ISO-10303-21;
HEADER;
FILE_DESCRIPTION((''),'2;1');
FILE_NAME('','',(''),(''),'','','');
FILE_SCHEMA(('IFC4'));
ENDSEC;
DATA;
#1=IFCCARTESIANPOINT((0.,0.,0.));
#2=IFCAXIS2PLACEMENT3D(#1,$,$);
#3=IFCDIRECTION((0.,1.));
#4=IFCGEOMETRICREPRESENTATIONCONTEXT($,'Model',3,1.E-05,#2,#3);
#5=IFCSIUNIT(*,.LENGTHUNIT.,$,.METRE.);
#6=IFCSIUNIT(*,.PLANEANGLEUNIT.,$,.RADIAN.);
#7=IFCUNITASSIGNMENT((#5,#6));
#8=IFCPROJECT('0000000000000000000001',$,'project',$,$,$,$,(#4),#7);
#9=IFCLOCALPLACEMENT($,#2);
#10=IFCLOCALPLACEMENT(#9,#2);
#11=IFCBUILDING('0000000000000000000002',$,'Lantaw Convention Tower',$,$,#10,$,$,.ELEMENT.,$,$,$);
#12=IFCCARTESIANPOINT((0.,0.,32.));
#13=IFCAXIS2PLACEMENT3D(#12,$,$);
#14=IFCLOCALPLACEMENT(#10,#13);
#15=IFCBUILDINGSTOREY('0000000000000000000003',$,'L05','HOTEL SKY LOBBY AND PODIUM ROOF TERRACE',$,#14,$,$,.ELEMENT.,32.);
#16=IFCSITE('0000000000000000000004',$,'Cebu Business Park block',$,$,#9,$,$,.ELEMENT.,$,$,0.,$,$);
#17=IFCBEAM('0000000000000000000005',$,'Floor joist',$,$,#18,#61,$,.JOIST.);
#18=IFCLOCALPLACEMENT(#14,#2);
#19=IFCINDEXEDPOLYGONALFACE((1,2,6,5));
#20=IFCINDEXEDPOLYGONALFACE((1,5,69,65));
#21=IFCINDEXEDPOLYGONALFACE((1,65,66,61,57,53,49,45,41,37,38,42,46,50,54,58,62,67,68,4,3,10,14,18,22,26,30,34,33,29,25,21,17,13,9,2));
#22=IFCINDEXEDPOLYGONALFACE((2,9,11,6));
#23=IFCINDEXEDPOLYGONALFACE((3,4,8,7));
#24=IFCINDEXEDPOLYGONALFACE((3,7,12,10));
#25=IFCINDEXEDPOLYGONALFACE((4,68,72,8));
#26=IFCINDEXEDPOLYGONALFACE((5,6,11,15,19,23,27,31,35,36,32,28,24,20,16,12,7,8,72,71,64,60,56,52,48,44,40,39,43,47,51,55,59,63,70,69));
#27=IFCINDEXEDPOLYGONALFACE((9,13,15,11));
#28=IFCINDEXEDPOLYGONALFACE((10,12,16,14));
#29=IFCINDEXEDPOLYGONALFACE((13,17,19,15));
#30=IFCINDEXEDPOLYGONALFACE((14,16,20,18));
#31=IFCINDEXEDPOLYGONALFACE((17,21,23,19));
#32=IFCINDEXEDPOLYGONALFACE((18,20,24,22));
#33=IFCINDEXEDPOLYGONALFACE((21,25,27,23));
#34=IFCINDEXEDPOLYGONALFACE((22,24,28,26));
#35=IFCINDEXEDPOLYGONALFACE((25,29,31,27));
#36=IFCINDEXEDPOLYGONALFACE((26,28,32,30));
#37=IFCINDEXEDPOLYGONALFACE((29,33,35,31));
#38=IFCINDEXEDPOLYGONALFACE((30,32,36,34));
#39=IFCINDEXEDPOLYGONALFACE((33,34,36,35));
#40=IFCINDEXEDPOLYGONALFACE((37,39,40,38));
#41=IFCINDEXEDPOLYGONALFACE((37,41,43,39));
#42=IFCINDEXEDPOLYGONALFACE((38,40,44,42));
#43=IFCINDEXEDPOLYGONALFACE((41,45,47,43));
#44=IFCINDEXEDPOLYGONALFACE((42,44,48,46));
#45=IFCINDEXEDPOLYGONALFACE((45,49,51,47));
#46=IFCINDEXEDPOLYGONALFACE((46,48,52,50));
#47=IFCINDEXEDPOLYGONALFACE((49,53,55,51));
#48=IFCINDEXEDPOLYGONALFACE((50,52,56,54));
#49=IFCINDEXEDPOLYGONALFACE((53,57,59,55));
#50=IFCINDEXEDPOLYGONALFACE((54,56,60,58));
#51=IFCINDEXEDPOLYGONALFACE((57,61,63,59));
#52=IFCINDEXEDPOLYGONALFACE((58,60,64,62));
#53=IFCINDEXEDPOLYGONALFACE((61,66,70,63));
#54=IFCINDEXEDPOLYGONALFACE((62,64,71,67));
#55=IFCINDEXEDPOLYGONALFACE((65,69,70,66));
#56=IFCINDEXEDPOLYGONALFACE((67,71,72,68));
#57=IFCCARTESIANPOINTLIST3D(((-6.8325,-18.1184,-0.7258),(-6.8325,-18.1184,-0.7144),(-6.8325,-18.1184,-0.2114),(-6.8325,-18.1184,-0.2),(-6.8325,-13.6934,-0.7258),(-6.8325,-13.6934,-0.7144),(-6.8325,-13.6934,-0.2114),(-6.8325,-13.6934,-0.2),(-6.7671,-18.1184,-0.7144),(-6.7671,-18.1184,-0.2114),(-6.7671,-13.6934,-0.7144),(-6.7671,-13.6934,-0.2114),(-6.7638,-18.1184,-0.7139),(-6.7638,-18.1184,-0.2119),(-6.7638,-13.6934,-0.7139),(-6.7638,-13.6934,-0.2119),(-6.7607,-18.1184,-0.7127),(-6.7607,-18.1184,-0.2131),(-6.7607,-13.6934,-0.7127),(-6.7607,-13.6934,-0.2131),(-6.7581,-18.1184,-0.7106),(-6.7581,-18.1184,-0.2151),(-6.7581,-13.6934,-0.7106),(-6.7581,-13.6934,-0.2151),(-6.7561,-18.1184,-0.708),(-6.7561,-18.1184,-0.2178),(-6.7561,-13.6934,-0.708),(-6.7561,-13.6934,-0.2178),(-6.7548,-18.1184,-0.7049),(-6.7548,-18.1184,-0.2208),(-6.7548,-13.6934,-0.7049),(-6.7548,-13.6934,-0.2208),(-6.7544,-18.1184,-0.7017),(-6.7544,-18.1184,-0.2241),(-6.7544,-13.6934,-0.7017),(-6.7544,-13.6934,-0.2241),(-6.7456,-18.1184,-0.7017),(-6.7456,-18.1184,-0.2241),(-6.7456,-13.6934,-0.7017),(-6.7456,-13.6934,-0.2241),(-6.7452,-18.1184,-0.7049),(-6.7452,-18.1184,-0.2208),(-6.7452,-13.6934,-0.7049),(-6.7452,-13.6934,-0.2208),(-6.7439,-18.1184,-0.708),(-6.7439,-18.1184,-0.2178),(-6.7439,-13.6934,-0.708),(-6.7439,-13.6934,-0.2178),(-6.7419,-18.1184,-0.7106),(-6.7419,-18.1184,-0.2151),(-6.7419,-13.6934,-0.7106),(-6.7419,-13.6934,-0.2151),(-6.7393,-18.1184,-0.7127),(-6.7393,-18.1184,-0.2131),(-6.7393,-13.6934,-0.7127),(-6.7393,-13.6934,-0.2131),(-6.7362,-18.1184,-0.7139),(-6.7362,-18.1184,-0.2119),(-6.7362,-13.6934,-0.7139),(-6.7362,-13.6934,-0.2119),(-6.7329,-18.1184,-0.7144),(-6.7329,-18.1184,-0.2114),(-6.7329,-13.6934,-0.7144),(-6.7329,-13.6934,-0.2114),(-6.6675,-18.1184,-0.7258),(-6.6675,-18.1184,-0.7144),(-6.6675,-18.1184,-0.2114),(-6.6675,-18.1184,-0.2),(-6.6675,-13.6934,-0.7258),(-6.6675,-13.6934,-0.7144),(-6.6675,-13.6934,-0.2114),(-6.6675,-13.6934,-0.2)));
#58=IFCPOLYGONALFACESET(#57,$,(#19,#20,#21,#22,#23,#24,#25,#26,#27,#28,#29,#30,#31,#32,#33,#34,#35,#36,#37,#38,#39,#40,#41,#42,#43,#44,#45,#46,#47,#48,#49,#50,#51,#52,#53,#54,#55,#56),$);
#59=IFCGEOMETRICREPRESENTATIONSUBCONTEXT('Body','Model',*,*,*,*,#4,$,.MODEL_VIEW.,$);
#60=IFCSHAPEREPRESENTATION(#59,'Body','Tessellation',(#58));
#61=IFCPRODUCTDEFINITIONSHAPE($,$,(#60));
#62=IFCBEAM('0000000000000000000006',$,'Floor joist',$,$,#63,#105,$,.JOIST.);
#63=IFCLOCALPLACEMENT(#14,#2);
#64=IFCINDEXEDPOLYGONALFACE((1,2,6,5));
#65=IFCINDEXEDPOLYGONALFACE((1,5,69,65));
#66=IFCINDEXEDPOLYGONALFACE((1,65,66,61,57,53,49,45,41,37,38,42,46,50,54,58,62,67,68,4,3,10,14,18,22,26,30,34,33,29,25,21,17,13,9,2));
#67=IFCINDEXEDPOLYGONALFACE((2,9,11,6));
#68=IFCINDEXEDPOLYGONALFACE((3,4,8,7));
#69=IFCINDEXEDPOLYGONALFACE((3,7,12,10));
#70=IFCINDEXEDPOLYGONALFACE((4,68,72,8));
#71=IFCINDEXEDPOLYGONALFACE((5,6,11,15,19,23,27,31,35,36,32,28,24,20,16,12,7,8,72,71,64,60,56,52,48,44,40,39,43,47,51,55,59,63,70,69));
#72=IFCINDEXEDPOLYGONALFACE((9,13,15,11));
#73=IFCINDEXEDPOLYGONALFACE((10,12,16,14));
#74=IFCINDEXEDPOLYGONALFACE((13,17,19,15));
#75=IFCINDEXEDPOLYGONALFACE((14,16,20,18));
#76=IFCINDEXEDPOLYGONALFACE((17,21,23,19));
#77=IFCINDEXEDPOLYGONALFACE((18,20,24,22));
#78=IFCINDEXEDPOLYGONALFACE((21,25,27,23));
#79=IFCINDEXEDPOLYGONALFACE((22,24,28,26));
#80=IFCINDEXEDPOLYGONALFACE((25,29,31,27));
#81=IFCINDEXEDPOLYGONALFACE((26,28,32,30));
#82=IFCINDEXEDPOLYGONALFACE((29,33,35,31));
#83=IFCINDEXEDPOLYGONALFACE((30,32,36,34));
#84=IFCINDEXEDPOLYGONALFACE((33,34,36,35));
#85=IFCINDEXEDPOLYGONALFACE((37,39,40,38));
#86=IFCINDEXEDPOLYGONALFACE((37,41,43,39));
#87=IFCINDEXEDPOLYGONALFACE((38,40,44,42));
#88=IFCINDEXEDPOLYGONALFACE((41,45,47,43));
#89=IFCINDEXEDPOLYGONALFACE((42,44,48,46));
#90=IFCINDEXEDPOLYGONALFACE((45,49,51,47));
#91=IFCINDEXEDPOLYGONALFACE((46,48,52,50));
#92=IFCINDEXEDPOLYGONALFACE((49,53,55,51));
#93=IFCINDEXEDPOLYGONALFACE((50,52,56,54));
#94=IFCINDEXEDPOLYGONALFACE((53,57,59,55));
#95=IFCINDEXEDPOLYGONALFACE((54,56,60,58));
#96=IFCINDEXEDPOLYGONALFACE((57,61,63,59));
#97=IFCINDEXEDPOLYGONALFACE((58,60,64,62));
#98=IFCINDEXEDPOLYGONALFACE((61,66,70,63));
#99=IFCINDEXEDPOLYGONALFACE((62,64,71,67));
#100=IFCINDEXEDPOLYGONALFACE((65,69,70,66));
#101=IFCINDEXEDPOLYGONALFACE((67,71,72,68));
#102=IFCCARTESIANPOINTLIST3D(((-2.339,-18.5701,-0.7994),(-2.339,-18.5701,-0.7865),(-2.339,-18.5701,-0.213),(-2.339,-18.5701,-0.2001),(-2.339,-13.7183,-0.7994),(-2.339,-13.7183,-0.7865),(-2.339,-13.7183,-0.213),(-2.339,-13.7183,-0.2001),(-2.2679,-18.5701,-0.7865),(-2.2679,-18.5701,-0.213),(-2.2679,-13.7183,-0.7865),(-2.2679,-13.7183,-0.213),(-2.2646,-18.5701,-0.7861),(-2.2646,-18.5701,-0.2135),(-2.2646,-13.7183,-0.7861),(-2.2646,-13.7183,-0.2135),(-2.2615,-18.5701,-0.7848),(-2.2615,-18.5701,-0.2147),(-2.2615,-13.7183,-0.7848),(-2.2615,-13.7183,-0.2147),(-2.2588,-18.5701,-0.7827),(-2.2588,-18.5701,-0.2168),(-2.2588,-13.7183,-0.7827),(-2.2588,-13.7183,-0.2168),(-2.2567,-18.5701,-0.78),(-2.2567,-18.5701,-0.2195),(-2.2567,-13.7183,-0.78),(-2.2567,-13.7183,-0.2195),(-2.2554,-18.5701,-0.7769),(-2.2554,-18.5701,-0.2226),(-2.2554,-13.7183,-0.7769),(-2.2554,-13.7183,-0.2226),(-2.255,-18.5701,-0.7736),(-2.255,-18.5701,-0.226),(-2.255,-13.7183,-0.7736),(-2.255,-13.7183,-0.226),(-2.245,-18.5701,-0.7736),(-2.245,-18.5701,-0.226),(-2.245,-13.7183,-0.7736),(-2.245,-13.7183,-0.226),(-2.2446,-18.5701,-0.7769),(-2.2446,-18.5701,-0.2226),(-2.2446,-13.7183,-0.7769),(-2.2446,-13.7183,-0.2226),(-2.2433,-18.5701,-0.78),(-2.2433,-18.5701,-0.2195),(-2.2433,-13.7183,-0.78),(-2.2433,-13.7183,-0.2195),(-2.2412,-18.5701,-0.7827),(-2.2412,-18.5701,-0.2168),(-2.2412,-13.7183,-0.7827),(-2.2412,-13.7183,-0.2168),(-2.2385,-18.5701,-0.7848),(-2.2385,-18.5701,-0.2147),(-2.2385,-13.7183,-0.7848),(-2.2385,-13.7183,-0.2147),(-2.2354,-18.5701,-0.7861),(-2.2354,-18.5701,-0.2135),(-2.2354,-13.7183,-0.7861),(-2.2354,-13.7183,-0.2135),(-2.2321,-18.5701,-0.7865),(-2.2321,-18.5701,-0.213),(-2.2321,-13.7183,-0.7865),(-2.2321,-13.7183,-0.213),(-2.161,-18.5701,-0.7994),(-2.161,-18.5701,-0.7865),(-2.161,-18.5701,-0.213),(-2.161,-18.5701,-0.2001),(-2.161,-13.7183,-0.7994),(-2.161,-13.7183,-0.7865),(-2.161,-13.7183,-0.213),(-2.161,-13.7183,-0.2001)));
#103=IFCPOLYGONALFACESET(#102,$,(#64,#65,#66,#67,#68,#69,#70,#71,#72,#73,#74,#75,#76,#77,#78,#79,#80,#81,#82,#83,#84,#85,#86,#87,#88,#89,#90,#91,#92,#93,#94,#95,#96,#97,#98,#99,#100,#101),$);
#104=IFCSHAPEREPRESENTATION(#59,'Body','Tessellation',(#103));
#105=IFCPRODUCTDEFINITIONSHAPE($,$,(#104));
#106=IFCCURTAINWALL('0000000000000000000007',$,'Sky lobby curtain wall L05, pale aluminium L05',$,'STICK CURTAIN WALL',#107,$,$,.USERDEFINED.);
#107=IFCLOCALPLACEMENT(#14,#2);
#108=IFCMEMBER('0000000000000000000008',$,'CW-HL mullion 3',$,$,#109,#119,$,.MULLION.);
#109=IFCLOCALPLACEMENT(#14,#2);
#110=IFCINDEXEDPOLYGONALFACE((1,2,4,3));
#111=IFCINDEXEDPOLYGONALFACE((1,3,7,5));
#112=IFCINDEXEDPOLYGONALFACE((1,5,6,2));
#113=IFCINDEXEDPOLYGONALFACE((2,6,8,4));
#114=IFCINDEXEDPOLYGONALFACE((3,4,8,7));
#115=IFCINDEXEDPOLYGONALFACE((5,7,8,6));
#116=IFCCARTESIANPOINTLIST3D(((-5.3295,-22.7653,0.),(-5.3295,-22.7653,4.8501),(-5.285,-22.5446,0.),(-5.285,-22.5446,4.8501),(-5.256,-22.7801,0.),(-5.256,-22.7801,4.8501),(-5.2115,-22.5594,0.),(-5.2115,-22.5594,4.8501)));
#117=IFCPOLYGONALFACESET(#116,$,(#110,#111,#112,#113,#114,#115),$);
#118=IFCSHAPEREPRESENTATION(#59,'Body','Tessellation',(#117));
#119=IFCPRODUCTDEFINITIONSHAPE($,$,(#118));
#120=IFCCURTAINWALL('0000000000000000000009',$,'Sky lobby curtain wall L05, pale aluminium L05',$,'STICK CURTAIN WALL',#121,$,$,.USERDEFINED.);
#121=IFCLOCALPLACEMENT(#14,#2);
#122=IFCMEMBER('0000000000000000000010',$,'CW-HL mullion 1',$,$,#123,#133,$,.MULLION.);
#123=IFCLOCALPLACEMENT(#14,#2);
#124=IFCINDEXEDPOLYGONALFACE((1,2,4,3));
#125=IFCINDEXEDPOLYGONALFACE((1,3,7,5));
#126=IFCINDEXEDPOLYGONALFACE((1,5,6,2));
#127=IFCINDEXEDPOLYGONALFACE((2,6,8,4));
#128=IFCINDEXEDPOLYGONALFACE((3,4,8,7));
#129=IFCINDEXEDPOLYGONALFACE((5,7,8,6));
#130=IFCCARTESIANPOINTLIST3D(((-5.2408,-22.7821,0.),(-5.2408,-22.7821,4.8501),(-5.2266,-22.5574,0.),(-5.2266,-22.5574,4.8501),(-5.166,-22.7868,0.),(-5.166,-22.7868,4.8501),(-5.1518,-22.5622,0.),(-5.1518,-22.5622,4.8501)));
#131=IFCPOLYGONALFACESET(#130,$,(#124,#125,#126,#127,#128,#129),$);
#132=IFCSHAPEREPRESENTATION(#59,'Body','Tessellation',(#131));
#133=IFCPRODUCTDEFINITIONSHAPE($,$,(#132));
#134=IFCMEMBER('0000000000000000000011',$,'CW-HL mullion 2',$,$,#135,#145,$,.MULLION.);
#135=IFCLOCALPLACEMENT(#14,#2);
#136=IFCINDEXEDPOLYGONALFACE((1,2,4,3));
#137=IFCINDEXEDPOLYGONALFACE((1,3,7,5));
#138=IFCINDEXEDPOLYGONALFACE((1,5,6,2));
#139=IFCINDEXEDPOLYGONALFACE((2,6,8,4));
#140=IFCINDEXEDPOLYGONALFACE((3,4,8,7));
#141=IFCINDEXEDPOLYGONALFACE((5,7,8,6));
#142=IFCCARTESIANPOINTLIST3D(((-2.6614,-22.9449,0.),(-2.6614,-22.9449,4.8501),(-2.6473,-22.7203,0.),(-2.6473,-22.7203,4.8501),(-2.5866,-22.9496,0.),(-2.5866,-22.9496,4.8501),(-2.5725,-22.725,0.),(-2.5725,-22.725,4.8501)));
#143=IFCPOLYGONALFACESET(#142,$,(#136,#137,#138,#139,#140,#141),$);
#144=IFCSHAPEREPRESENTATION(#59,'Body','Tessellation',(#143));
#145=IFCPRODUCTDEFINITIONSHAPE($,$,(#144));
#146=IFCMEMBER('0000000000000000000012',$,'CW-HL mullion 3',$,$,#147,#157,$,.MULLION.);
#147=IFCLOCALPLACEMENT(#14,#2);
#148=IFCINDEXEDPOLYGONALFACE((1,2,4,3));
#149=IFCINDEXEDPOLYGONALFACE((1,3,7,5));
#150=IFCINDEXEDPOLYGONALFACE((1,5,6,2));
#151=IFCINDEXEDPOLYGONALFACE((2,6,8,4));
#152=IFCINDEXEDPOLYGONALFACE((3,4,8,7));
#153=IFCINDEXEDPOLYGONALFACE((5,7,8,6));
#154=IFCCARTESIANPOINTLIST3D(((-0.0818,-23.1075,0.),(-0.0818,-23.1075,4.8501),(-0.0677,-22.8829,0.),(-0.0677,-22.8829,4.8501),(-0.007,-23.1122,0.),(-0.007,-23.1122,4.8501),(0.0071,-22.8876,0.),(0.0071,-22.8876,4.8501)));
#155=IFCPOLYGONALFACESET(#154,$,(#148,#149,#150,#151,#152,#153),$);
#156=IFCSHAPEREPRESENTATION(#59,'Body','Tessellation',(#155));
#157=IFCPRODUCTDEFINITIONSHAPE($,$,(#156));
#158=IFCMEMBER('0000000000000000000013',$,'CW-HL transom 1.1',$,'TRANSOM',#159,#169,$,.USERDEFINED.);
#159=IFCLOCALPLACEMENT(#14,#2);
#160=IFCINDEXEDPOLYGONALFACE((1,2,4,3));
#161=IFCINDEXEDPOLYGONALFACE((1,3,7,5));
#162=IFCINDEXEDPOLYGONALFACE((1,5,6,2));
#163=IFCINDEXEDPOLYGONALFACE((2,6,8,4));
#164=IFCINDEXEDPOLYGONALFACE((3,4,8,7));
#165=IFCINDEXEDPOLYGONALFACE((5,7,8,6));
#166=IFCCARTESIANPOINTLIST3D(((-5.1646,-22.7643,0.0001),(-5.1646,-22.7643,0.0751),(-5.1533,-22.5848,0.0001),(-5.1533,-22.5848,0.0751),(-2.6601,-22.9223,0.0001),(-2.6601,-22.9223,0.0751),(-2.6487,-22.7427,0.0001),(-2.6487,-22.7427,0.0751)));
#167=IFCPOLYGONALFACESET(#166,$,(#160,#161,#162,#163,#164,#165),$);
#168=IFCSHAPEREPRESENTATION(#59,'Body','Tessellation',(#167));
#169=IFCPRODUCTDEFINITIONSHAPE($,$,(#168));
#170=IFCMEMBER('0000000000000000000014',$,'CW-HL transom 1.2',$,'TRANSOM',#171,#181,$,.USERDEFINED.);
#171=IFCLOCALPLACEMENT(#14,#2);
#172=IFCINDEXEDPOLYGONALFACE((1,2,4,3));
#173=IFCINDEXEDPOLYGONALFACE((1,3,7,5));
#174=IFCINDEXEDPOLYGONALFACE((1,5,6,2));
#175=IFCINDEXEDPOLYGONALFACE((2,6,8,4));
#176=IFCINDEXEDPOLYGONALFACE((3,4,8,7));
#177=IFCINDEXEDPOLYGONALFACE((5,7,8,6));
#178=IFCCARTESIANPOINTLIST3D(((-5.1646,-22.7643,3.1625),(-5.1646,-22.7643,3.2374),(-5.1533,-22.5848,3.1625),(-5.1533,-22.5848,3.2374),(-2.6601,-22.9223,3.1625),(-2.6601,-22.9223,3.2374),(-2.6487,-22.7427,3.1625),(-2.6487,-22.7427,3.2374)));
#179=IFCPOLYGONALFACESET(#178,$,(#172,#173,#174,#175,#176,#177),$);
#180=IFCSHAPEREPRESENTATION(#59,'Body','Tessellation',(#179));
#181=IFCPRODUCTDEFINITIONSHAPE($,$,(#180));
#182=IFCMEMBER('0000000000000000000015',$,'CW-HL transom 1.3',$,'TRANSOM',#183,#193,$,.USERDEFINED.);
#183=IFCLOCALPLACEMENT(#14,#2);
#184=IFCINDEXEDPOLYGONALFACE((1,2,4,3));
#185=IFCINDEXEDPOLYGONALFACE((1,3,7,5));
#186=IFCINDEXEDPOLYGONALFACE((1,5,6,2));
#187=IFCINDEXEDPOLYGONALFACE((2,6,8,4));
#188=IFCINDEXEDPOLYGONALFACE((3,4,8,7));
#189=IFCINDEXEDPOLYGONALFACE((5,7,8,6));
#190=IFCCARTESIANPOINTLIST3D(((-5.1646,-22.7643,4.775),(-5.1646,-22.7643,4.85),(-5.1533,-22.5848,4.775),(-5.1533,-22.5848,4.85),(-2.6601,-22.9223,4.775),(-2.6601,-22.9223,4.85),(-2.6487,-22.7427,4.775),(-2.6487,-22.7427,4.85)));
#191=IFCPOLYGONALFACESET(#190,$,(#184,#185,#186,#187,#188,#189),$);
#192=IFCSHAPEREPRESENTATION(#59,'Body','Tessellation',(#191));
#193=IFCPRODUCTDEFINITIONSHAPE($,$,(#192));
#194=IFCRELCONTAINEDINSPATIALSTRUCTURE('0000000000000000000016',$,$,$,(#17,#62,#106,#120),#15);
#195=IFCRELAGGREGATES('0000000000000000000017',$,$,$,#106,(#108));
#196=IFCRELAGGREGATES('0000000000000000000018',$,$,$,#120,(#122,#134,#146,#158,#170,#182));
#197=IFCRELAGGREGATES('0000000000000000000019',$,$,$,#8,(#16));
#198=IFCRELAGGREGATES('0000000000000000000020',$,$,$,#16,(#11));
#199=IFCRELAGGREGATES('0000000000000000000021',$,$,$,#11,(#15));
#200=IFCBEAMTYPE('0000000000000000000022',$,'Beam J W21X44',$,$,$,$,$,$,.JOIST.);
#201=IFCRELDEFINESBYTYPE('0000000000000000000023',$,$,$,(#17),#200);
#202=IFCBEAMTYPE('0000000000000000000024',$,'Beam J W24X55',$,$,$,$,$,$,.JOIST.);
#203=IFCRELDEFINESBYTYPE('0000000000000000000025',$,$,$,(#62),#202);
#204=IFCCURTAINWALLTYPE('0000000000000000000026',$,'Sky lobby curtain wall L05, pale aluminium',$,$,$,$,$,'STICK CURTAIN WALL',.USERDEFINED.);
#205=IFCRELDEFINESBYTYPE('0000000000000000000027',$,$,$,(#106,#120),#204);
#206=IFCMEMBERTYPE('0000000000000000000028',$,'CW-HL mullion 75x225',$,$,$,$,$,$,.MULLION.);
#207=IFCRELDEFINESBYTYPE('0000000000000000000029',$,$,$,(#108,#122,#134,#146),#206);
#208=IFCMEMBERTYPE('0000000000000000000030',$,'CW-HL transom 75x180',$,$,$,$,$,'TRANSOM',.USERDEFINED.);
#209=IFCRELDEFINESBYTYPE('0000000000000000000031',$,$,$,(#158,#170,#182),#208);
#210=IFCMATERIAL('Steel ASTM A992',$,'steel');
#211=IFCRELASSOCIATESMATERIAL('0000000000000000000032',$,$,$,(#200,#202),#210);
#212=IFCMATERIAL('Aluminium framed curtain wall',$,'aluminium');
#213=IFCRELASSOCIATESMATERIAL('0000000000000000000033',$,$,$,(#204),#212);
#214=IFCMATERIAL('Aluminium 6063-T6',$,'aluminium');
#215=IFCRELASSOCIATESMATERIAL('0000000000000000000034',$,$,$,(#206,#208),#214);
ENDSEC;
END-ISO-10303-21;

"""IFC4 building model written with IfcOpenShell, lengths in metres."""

from ifc_helpers import new_model, si_unit, direction, frame, origin, origin_2d, place, context, subcontext, project, spatial, rectangle, i_section, extrude, material, material_profile, profile_set, type_object, element, aggregate, save


model = new_model("IFC4")

# Units and contexts
model_context = context("Model", 3, precision=1e-05, world=origin(), true_north=direction((0.0, 1.0)))
body_context = subcontext(model_context, "Body", "Model", "MODEL_VIEW")
ifc_project = project(units=[si_unit("LENGTHUNIT", "METRE"), si_unit("PLANEANGLEUNIT", "RADIAN")], contexts=[model_context])

# Site, building, storey
site_placement = place(None, origin())
site = spatial("IfcSite", under=ifc_project, at=site_placement, Name="Cebu Business Park block", CompositionType="ELEMENT", RefElevation=0.0)
building_placement = place(site_placement, origin())
building = spatial("IfcBuilding", under=site, at=building_placement, Name="Lantaw Convention Tower", CompositionType="ELEMENT")
storey_placement = place(building_placement, frame((0.0, 0.0, 32.0)))
storey = spatial("IfcBuildingStorey", under=building, at=storey_placement, Name="L05", Description="HOTEL SKY LOBBY AND PODIUM ROOF TERRACE", CompositionType="ELEMENT", Elevation=32.0)

# Beams
ifc_material_1 = material(Name="Steel ASTM A992", Category="steel")
ifc_material_profile_1 = material_profile(ifc_material_1, i_section(OverallWidth=0.165, OverallDepth=0.5259, WebThickness=0.0088, FlangeThickness=0.0115, FilletRadius=0.0127, at=origin_2d()), Name="W21X44")
ifc_profile_set_1 = profile_set([ifc_material_profile_1], Name="Steel ASTM A992")
beam_type_1 = type_object("IfcBeamType", Name="Beam J W21X44", PredefinedType="JOIST", material=ifc_profile_set_1)
beam_1_placement = place(storey_placement, frame((-6.75, -18.1184, -0.4629), z_axis=(0.0, 1.0, 0.0), x_axis=(-1.0, 0.0, 0.0)))
element("IfcBeam", 1, at=beam_1_placement, inside=storey, type_object=beam_type_1, Name="Floor joist", PredefinedType="JOIST", context=body_context, shape_type="SweptSolid", body=[
    extrude(i_section(OverallWidth=0.165, OverallDepth=0.5259, WebThickness=0.0088, FlangeThickness=0.0115, FilletRadius=0.0127, at=origin_2d()), origin(), (0.0, 0.0, 1.0), 4.425),
])
ifc_material_profile_2 = material_profile(ifc_material_1, i_section(OverallWidth=0.178, OverallDepth=0.5994, WebThickness=0.01, FlangeThickness=0.0129, FilletRadius=0.0129, at=origin_2d()), Name="W24X55")
ifc_profile_set_2 = profile_set([ifc_material_profile_2], Name="Steel ASTM A992")
beam_type_2 = type_object("IfcBeamType", Name="Beam J W24X55", PredefinedType="JOIST", material=ifc_profile_set_2)
beam_2_placement = place(storey_placement, frame((-2.25, -18.5701, -0.4998), z_axis=(0.0, 1.0, 0.0), x_axis=(-1.0, 0.0, 0.0)))
element("IfcBeam", 2, at=beam_2_placement, inside=storey, type_object=beam_type_2, Name="Floor joist", PredefinedType="JOIST", context=body_context, shape_type="SweptSolid", body=[
    extrude(i_section(OverallWidth=0.178, OverallDepth=0.5994, WebThickness=0.01, FlangeThickness=0.0129, FilletRadius=0.0129, at=origin_2d()), origin(), (0.0, 0.0, 1.0), 4.8518),
])

# Curtain wall, member
ifc_material_2 = material(Name="Aluminium framed curtain wall", Category="aluminium")
curtain_wall_type = type_object("IfcCurtainWallType", Name="Sky lobby curtain wall L05, pale aluminium", ElementType="STICK CURTAIN WALL", PredefinedType="USERDEFINED", material=ifc_material_2)
curtain_wall_1_placement = place(storey_placement, origin())
curtain_wall_1 = element("IfcCurtainWall", 3, at=curtain_wall_1_placement, inside=storey, type_object=curtain_wall_type, Name="Sky lobby curtain wall L05, pale aluminium L05", ObjectType="STICK CURTAIN WALL", PredefinedType="USERDEFINED")
ifc_material_3 = material(Name="Aluminium 6063-T6", Category="aluminium")
ifc_material_profile_3 = material_profile(ifc_material_3, rectangle(XDim=0.2251, YDim=0.075, at=origin_2d()), Name="CW-HL mullion 75x225")
ifc_profile_set_3 = profile_set([ifc_material_profile_3], Name="Aluminium 6063-T6")
member_type_1 = type_object("IfcMemberType", Name="CW-HL mullion 75x225", PredefinedType="MULLION", material=ifc_profile_set_3)
member_1_placement = place(storey_placement, frame((-5.2705, -22.6624, 0.0), z_axis=(0.0, 0.0, 1.0), x_axis=(0.197789, 0.980245, 0.0)))
member_1 = element("IfcMember", 4, at=member_1_placement, type_object=member_type_1, Name="CW-HL mullion 3", PredefinedType="MULLION", context=body_context, shape_type="SweptSolid", body=[
    extrude(rectangle(XDim=0.2251, YDim=0.075, at=origin_2d()), origin(), (0.0, 0.0, 1.0), 4.8501),
])

# Curtain wall, members
curtain_wall_2_placement = place(storey_placement, origin())
curtain_wall_2 = element("IfcCurtainWall", 5, at=curtain_wall_2_placement, inside=storey, type_object=curtain_wall_type, Name="Sky lobby curtain wall L05, pale aluminium L05", ObjectType="STICK CURTAIN WALL", PredefinedType="USERDEFINED")
member_2_placement = place(storey_placement, frame((-5.1963, -22.6721, 0.0), z_axis=(0.0, 0.0, 1.0), x_axis=(0.062958, 0.998016, 0.0)))
member_2 = element("IfcMember", 6, at=member_2_placement, type_object=member_type_1, Name="CW-HL mullion 1", PredefinedType="MULLION", context=body_context, shape_type="SweptSolid", body=[
    extrude(rectangle(XDim=0.2251, YDim=0.075, at=origin_2d()), origin(), (0.0, 0.0, 1.0), 4.8501),
])
member_3_placement = place(storey_placement, frame((-2.6169, -22.835, 0.0), z_axis=(0.0, 0.0, 1.0), x_axis=(0.062958, 0.998016, 0.0)))
member_3 = element("IfcMember", 7, at=member_3_placement, type_object=member_type_1, Name="CW-HL mullion 2", PredefinedType="MULLION", context=body_context, shape_type="SweptSolid", body=[
    extrude(rectangle(XDim=0.2251, YDim=0.075, at=origin_2d()), origin(), (0.0, 0.0, 1.0), 4.8501),
])
member_4_placement = place(storey_placement, frame((-0.0374, -22.9976, 0.0), z_axis=(0.0, 0.0, 1.0), x_axis=(0.062958, 0.998016, 0.0)))
member_4 = element("IfcMember", 8, at=member_4_placement, type_object=member_type_1, Name="CW-HL mullion 3", PredefinedType="MULLION", context=body_context, shape_type="SweptSolid", body=[
    extrude(rectangle(XDim=0.2251, YDim=0.075, at=origin_2d()), origin(), (0.0, 0.0, 1.0), 4.8501),
])
ifc_material_profile_4 = material_profile(ifc_material_3, rectangle(XDim=0.1799, YDim=0.075, at=origin_2d()), Name="CW-HL transom 75x180")
ifc_profile_set_4 = profile_set([ifc_material_profile_4], Name="Aluminium 6063-T6")
member_type_2 = type_object("IfcMemberType", Name="CW-HL transom 75x180", ElementType="TRANSOM", PredefinedType="USERDEFINED", material=ifc_profile_set_4)
member_5_placement = place(storey_placement, frame((-5.1589, -22.6746, 0.0376), z_axis=(0.998017, -0.062942, 0.0), x_axis=(0.062942, 0.998017, 0.0)))
member_5 = element("IfcMember", 9, at=member_5_placement, type_object=member_type_2, Name="CW-HL transom 1.1", ObjectType="TRANSOM", PredefinedType="USERDEFINED", context=body_context, shape_type="SweptSolid", body=[
    extrude(rectangle(XDim=0.1799, YDim=0.075, at=origin_2d()), origin(), (0.0, 0.0, 1.0), 2.5095),
])
member_6_placement = place(storey_placement, frame((-5.1589, -22.6746, 3.2), z_axis=(0.998017, -0.062942, 0.0), x_axis=(0.062942, 0.998017, 0.0)))
member_6 = element("IfcMember", 10, at=member_6_placement, type_object=member_type_2, Name="CW-HL transom 1.2", ObjectType="TRANSOM", PredefinedType="USERDEFINED", context=body_context, shape_type="SweptSolid", body=[
    extrude(rectangle(XDim=0.1799, YDim=0.075, at=origin_2d()), origin(), (0.0, 0.0, 1.0), 2.5095),
])
member_7_placement = place(storey_placement, frame((-5.1589, -22.6746, 4.8125), z_axis=(0.998017, -0.062942, 0.0), x_axis=(0.062942, 0.998017, 0.0)))
member_7 = element("IfcMember", 11, at=member_7_placement, type_object=member_type_2, Name="CW-HL transom 1.3", ObjectType="TRANSOM", PredefinedType="USERDEFINED", context=body_context, shape_type="SweptSolid", body=[
    extrude(rectangle(XDim=0.1799, YDim=0.075, at=origin_2d()), origin(), (0.0, 0.0, 1.0), 2.5095),
])

aggregate(curtain_wall_1, [member_1])
aggregate(curtain_wall_2, [member_2, member_3, member_4, member_5, member_6, member_7])

save(model, "model.ifc")
